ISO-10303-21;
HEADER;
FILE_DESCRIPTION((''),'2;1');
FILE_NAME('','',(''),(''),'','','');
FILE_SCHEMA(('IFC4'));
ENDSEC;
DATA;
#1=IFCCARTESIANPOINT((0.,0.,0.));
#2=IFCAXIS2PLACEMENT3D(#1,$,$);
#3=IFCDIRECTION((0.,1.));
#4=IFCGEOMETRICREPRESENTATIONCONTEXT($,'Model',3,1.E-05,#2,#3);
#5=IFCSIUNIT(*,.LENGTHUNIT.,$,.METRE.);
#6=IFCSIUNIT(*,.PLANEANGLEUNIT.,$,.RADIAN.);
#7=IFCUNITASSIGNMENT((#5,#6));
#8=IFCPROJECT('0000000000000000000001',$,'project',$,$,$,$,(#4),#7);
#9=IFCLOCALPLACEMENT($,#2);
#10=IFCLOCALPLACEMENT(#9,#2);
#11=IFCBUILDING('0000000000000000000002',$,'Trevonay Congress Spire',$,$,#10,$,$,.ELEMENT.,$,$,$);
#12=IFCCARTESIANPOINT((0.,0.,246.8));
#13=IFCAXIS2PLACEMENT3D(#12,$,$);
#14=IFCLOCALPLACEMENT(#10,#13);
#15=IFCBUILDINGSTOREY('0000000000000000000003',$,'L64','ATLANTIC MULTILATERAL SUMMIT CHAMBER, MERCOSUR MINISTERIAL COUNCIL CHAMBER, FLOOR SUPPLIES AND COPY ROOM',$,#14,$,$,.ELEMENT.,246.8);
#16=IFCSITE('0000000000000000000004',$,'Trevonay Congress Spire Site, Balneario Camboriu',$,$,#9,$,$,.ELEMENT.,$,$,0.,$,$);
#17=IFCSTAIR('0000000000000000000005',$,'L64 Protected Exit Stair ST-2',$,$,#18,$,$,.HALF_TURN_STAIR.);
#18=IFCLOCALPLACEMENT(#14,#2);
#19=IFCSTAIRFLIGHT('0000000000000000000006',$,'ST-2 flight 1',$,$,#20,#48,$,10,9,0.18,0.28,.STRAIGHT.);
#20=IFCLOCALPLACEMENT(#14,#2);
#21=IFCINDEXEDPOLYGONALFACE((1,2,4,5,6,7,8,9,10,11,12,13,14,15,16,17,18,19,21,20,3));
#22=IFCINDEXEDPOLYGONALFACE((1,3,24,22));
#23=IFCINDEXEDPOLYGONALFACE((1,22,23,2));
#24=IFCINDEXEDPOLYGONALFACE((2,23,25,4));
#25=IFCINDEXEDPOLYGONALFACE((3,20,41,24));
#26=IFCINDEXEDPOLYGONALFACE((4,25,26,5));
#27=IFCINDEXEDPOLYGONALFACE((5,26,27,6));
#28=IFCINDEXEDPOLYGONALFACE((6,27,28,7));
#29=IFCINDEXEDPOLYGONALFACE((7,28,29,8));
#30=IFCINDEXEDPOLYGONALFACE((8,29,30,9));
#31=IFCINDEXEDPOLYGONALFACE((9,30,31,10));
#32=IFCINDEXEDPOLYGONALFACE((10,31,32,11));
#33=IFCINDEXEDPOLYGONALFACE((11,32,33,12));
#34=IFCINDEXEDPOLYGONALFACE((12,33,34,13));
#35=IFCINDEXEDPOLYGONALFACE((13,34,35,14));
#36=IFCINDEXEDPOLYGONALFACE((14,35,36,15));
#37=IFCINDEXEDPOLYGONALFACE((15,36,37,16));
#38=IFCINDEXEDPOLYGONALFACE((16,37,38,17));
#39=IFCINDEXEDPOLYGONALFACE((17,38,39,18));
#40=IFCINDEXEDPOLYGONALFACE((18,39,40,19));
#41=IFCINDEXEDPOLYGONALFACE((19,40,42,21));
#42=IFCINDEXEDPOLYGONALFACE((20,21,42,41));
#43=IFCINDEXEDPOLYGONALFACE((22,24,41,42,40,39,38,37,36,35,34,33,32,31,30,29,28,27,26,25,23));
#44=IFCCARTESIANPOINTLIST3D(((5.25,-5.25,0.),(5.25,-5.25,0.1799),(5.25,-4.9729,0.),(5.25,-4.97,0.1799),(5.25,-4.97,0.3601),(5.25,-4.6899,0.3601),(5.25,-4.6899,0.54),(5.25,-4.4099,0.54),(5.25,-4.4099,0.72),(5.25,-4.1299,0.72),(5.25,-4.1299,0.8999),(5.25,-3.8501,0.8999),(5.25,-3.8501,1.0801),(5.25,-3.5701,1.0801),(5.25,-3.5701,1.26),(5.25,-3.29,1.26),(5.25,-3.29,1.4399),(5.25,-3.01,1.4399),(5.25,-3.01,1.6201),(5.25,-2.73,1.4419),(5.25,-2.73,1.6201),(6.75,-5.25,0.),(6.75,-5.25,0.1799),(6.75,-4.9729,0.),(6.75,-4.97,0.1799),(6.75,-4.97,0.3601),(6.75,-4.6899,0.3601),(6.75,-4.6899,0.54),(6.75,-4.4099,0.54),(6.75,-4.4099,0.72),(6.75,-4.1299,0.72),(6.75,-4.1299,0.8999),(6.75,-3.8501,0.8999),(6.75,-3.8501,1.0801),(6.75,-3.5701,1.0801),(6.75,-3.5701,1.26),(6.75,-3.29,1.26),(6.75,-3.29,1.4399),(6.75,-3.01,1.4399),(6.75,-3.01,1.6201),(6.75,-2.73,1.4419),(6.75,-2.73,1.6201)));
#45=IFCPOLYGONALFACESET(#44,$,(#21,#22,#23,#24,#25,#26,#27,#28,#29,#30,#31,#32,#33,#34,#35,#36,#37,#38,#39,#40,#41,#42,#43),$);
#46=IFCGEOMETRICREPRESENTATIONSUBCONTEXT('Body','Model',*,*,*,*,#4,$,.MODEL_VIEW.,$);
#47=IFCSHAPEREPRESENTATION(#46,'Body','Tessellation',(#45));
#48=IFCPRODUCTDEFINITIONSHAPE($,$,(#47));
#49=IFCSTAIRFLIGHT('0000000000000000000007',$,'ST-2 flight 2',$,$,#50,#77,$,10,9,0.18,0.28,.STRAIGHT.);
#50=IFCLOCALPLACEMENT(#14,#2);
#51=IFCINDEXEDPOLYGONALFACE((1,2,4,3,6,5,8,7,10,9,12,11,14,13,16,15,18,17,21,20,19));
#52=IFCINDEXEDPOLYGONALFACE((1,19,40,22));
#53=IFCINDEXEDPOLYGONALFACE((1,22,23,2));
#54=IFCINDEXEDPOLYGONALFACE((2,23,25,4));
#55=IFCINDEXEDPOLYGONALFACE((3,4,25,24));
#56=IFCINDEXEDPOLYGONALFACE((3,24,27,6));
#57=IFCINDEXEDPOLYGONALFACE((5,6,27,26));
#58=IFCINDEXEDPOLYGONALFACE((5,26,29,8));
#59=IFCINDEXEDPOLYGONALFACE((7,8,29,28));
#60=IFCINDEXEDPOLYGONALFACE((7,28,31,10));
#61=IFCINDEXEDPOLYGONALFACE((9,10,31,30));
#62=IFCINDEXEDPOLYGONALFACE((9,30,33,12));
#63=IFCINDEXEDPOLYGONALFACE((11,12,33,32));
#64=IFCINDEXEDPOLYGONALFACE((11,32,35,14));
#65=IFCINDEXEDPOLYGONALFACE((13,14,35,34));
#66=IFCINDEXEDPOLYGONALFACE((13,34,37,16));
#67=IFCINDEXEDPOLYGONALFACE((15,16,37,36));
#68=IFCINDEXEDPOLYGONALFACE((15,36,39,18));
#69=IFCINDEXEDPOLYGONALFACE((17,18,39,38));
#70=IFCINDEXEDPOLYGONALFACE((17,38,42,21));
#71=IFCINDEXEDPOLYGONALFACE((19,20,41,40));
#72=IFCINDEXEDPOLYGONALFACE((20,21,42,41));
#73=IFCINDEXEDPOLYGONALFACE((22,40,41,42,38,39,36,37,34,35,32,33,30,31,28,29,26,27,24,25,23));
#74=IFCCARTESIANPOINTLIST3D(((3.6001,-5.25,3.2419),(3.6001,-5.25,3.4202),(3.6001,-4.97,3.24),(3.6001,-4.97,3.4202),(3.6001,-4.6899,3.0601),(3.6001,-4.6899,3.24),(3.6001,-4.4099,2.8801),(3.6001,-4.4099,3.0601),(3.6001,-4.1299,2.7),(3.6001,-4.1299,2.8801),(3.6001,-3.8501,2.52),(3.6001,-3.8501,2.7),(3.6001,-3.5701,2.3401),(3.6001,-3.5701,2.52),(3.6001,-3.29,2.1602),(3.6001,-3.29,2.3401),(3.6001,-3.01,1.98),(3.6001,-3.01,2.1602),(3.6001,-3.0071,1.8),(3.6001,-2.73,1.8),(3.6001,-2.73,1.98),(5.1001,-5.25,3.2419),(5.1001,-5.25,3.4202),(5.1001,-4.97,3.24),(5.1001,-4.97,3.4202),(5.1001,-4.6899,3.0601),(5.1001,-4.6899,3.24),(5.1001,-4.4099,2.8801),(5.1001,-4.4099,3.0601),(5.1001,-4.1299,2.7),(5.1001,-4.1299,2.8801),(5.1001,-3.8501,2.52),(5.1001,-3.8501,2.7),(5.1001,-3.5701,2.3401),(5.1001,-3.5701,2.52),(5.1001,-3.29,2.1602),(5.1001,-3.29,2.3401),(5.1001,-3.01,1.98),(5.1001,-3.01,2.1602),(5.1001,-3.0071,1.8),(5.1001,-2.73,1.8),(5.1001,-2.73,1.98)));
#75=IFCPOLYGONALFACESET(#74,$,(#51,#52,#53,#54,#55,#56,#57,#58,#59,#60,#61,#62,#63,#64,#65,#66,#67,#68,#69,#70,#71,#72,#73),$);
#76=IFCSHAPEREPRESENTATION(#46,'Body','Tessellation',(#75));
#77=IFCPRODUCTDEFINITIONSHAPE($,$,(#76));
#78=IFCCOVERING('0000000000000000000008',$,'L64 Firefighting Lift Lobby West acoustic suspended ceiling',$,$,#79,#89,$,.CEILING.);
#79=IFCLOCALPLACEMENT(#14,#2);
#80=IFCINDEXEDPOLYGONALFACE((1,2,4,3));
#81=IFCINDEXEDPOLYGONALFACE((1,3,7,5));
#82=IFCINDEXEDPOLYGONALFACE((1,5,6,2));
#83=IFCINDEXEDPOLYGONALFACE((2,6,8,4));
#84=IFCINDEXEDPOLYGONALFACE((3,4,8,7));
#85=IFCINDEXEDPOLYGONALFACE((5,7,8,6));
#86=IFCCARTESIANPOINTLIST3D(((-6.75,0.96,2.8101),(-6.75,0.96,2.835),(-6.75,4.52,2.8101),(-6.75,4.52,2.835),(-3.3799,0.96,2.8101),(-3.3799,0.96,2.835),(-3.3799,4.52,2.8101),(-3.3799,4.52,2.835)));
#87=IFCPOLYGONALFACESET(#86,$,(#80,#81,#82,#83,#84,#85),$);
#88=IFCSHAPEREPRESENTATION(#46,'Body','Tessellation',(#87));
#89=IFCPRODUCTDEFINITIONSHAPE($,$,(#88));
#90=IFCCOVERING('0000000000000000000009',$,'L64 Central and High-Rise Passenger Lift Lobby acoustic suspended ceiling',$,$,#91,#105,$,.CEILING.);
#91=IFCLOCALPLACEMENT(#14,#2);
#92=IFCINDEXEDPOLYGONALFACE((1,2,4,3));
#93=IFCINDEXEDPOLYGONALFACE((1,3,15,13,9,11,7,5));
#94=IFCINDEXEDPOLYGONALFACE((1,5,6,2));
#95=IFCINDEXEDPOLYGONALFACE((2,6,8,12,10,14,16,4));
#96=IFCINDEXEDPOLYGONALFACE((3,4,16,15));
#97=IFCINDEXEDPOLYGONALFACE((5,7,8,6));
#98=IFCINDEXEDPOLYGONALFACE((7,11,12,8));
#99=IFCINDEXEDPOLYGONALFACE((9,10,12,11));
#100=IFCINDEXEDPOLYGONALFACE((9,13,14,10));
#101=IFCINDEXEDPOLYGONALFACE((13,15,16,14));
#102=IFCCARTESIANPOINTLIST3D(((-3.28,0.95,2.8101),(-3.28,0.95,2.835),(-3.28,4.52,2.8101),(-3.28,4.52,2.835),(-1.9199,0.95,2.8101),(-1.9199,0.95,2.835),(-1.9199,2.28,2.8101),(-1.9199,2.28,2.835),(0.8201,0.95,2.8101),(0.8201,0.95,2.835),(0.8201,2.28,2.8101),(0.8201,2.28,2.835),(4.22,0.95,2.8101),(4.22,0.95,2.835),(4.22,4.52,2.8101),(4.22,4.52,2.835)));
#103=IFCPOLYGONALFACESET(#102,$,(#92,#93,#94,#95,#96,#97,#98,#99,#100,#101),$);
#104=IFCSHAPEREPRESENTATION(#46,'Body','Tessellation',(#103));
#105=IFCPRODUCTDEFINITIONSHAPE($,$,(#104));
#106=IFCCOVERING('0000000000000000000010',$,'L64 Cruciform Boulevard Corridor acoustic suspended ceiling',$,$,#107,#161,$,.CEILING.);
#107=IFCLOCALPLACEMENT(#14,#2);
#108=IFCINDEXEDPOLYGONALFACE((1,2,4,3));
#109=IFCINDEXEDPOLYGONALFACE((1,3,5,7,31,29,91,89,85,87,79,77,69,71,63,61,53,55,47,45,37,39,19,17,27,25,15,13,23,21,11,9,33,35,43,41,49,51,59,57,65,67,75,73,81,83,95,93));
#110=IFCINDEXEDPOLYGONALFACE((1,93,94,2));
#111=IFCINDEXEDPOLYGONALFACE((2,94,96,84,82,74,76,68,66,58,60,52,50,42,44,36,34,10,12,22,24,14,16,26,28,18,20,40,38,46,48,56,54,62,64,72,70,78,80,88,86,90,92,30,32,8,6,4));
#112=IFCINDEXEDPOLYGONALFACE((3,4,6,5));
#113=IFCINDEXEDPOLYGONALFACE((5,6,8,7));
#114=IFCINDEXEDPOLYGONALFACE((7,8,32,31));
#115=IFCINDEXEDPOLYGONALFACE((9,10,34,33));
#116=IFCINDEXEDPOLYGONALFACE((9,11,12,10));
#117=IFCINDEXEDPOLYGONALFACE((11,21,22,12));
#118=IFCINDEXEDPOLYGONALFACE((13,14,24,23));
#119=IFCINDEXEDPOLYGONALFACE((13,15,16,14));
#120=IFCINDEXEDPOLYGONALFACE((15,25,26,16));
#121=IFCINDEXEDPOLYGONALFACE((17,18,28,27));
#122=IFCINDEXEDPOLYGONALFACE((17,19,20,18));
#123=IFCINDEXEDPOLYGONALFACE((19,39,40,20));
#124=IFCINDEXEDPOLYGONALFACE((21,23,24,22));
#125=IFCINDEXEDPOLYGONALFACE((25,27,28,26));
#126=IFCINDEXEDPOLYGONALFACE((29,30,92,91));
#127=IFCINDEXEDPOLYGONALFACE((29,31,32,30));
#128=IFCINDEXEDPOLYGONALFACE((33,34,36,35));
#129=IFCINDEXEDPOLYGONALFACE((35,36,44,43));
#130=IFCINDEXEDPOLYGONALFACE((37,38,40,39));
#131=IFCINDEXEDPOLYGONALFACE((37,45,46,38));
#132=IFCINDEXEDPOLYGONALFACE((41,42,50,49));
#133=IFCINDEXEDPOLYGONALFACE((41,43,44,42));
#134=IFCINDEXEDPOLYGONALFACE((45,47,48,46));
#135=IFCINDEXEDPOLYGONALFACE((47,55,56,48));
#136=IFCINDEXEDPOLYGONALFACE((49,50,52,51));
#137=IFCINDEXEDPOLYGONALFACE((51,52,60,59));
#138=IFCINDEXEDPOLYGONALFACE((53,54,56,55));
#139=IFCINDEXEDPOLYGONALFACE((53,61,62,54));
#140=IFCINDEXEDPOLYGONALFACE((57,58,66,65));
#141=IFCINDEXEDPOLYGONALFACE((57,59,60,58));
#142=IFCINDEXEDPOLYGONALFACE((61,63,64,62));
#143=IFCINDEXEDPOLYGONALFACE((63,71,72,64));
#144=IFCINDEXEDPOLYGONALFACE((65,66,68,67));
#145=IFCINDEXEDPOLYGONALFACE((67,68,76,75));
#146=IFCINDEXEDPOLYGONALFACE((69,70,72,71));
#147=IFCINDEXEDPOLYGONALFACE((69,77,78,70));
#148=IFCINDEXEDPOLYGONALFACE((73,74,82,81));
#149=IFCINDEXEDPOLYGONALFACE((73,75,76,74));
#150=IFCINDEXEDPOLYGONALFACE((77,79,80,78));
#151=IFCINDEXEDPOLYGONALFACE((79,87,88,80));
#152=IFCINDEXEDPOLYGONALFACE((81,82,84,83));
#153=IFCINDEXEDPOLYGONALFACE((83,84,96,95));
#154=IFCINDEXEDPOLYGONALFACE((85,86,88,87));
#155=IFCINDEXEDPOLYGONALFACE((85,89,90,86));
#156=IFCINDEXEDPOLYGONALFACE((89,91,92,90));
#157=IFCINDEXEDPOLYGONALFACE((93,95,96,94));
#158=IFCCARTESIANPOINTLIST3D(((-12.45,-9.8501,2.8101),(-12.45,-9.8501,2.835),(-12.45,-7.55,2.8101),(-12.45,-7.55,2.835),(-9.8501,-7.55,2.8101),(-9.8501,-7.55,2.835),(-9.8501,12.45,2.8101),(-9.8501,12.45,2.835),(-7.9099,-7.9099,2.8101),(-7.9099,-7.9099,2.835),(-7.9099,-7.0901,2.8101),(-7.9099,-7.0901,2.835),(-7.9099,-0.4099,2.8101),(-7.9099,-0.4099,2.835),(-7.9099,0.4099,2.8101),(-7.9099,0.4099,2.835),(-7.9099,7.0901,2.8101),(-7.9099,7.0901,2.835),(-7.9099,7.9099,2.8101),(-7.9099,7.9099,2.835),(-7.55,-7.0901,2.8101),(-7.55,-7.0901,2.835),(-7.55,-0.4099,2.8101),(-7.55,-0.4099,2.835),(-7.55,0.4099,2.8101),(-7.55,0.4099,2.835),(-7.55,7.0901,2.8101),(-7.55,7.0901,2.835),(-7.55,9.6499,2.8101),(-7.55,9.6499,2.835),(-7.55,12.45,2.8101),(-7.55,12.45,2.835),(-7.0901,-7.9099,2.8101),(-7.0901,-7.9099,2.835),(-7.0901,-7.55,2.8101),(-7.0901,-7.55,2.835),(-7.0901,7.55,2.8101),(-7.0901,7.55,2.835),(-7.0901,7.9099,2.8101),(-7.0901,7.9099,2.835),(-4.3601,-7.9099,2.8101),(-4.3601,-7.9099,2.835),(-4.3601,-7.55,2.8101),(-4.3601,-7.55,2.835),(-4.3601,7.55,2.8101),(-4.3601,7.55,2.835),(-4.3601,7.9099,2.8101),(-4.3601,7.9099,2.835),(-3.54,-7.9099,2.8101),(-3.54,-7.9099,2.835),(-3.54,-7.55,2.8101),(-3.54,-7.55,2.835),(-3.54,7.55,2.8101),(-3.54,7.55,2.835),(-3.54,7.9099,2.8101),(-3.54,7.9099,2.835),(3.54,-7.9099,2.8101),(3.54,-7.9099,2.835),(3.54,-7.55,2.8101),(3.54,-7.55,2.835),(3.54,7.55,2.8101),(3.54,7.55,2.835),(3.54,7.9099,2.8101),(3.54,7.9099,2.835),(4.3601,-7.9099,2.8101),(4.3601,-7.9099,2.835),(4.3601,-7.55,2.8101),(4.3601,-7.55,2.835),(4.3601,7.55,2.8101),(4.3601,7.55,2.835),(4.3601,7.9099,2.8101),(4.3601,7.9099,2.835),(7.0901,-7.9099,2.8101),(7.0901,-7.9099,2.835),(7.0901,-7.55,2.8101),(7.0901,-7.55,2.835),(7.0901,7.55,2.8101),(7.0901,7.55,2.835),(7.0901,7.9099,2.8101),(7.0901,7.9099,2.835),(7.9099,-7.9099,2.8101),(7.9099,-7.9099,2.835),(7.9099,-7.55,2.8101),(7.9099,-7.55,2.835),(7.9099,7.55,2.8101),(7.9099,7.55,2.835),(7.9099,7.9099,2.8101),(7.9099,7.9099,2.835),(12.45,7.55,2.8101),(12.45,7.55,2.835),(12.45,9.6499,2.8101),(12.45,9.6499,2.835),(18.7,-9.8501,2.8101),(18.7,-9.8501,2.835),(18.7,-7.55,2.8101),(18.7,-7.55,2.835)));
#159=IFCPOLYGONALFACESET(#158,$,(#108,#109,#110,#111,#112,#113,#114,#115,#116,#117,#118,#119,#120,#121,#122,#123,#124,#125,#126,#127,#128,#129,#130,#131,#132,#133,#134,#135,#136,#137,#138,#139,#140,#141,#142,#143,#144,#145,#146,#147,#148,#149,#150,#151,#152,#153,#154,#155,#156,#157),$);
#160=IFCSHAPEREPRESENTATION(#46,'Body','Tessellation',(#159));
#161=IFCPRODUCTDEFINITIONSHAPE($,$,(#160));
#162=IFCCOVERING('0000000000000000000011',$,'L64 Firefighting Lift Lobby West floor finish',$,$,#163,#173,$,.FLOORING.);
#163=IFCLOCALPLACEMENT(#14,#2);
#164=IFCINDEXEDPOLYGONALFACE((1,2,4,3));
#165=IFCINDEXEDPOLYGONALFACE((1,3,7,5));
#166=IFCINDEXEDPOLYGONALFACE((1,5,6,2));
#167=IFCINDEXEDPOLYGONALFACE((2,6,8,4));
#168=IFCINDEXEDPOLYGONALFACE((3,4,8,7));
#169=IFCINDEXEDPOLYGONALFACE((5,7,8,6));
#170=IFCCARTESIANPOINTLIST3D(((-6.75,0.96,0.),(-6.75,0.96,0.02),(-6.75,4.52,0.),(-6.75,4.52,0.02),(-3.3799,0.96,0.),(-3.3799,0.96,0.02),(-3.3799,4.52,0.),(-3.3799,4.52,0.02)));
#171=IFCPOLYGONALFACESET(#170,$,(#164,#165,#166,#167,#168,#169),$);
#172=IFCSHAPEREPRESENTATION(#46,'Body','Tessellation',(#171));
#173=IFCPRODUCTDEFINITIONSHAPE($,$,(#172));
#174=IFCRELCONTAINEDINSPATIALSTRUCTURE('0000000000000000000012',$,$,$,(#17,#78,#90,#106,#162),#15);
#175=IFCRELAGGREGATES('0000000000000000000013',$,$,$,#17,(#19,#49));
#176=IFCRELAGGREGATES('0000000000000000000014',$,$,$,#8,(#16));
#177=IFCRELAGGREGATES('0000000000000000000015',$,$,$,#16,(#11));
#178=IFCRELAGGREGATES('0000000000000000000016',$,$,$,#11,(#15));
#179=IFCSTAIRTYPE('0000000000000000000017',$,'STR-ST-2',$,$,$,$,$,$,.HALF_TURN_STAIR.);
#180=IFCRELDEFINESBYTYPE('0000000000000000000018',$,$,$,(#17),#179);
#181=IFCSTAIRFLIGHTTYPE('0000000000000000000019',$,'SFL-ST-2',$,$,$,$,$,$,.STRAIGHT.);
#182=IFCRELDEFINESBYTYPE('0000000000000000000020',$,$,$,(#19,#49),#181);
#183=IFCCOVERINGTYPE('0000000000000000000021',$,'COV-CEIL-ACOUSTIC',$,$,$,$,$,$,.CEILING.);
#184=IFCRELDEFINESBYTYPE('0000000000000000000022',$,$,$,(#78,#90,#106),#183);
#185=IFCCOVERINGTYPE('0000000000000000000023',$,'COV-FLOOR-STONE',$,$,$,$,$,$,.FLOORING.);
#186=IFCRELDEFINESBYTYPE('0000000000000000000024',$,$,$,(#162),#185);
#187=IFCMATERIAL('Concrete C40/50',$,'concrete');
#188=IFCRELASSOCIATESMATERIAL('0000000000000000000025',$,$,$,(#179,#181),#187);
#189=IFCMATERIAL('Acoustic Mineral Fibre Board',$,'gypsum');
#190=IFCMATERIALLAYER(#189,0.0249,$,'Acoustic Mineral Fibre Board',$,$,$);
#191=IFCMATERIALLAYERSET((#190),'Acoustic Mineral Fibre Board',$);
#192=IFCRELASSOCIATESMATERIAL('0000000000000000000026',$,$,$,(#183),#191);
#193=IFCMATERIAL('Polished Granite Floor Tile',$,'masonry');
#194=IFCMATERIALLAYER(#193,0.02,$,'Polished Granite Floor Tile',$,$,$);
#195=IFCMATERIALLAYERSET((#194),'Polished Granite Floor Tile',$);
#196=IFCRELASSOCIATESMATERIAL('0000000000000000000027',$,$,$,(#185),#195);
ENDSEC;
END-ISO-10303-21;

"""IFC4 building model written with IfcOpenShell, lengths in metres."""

from ifc_helpers import new_model, si_unit, direction, frame, origin, place, context, subcontext, project, spatial, polyline, outline, extrude, material, layer, layer_set, type_object, element, aggregate, save


model = new_model("IFC4")

# Units and contexts
model_context = context("Model", 3, precision=1e-05, world=origin(), true_north=direction((0.0, 1.0)))
body_context = subcontext(model_context, "Body", "Model", "MODEL_VIEW")
ifc_project = project(units=[si_unit("LENGTHUNIT", "METRE"), si_unit("PLANEANGLEUNIT", "RADIAN")], contexts=[model_context])

# Site, building, storey
site_placement = place(None, origin())
site = spatial("IfcSite", under=ifc_project, at=site_placement, Name="Trevonay Congress Spire Site, Balneario Camboriu", CompositionType="ELEMENT", RefElevation=0.0)
building_placement = place(site_placement, origin())
building = spatial("IfcBuilding", under=site, at=building_placement, Name="Trevonay Congress Spire", CompositionType="ELEMENT")
storey_placement = place(building_placement, frame((0.0, 0.0, 246.8)))
storey = spatial("IfcBuildingStorey", under=building, at=storey_placement, Name="L64", Description="ATLANTIC MULTILATERAL SUMMIT CHAMBER, MERCOSUR MINISTERIAL COUNCIL CHAMBER, FLOOR SUPPLIES AND COPY ROOM", CompositionType="ELEMENT", Elevation=246.8)

# Stair
ifc_material_1 = material(Name="Concrete C40/50", Category="concrete")
stair_type_1 = type_object("IfcStairType", Name="STR-ST-2", PredefinedType="HALF_TURN_STAIR", material=ifc_material_1)
stair_1_placement = place(storey_placement, origin())
stair_1 = element("IfcStair", 1, at=stair_1_placement, inside=storey, type_object=stair_type_1, Name="L64 Protected Exit Stair ST-2", PredefinedType="HALF_TURN_STAIR")

# Stair flights
stair_flight_type = type_object("IfcStairFlightType", Name="SFL-ST-2", PredefinedType="STRAIGHT", material=ifc_material_1)
stair_flight_1_placement = place(storey_placement, frame((6.0, -5.25, 0.0), z_axis=(0.0, 0.0, 1.0), x_axis=(0.0, 1.0, 0.0)))
stair_flight_1 = element("IfcStairFlight", 2, at=stair_flight_1_placement, type_object=stair_flight_type, Name="ST-2 flight 1", NumberOfRisers=10, NumberOfTreads=9, PredefinedType="STRAIGHT", RiserHeight=0.18, TreadLength=0.28, context=body_context, shape_type="SweptSolid", body=[
    extrude(outline(polyline([(0.0, 0.0), (0.0, 0.1799), (0.28, 0.1799), (0.28, 0.3601), (0.5601, 0.3601), (0.5601, 0.54), (0.8401, 0.54), (0.8401, 0.72), (1.1201, 0.72), (1.1201, 0.8999), (1.3999, 0.8999), (1.3999, 1.0801), (1.6799, 1.0801), (1.6799, 1.26), (1.96, 1.26), (1.96, 1.4399), (2.24, 1.4399), (2.24, 1.6201), (2.52, 1.6201), (2.52, 1.8), (2.52, 1.4419), (0.2771, 0.0), (0.0, 0.0)])), frame((0.0, 0.75, 0.0), z_axis=(0.0, -1.0, 0.0), x_axis=(1.0, 0.0, 0.0)), (0.0, 0.0, 1.0), 1.5),
])
stair_flight_2_placement = place(storey_placement, frame((4.3501, -2.73, 1.8), z_axis=(0.0, 0.0, 1.0), x_axis=(0.0, -1.0, 0.0)))
stair_flight_2 = element("IfcStairFlight", 3, at=stair_flight_2_placement, type_object=stair_flight_type, Name="ST-2 flight 2", NumberOfRisers=10, NumberOfTreads=9, PredefinedType="STRAIGHT", RiserHeight=0.18, TreadLength=0.28, context=body_context, shape_type="SweptSolid", body=[
    extrude(outline(polyline([(0.0, 0.0), (0.0, 0.1799), (0.28, 0.1799), (0.28, 0.3601), (0.5601, 0.3601), (0.5601, 0.54), (0.8401, 0.54), (0.8401, 0.72), (1.1201, 0.72), (1.1201, 0.8999), (1.3999, 0.8999), (1.3999, 1.0801), (1.6799, 1.0801), (1.6799, 1.26), (1.96, 1.26), (1.96, 1.4399), (2.24, 1.4399), (2.24, 1.6201), (2.52, 1.6201), (2.52, 1.8), (2.52, 1.4419), (0.2771, 0.0), (0.0, 0.0)])), frame((0.0, 0.75, 0.0), z_axis=(0.0, -1.0, 0.0), x_axis=(1.0, 0.0, 0.0)), (0.0, 0.0, 1.0), 1.5),
])
aggregate(stair_1, [stair_flight_1, stair_flight_2])

# Coverings
ifc_material_2 = material(Name="Acoustic Mineral Fibre Board", Category="gypsum")
ifc_layer_1 = layer(ifc_material_2, 0.0249, Name="Acoustic Mineral Fibre Board")
ifc_layer_set_1 = layer_set([ifc_layer_1], Name="Acoustic Mineral Fibre Board")
covering_type_1 = type_object("IfcCoveringType", Name="COV-CEIL-ACOUSTIC", PredefinedType="CEILING", material=ifc_layer_set_1)
covering_1_placement = place(storey_placement, frame((0.0, 0.0, 2.8101)))
element("IfcCovering", 4, at=covering_1_placement, inside=storey, type_object=covering_type_1, Name="L64 Firefighting Lift Lobby West acoustic suspended ceiling", PredefinedType="CEILING", context=body_context, shape_type="SweptSolid", body=[
    extrude(outline(polyline([(-6.75, 0.96), (-3.3799, 0.96), (-3.3799, 4.52), (-6.75, 4.52), (-6.75, 0.96)])), origin(), (0.0, 0.0, 1.0), 0.0249),
])
covering_2_placement = place(storey_placement, frame((0.0, 0.0, 2.8101)))
element("IfcCovering", 5, at=covering_2_placement, inside=storey, type_object=covering_type_1, Name="L64 Central and High-Rise Passenger Lift Lobby acoustic suspended ceiling", PredefinedType="CEILING", context=body_context, shape_type="SweptSolid", body=[
    extrude(outline(polyline([(-3.28, 0.95), (-1.9199, 0.95), (-1.9199, 2.28), (0.8201, 2.28), (0.8201, 0.95), (4.22, 0.95), (4.22, 4.52), (-3.28, 4.52), (-3.28, 0.95)])), origin(), (0.0, 0.0, 1.0), 0.0249),
])
covering_3_placement = place(storey_placement, frame((0.0, 0.0, 2.8101)))
element("IfcCovering", 6, at=covering_3_placement, inside=storey, type_object=covering_type_1, Name="L64 Cruciform Boulevard Corridor acoustic suspended ceiling", PredefinedType="CEILING", context=body_context, shape_type="SweptSolid", body=[
    extrude(outline(polyline([(18.7, -7.55), (18.7, -9.8501), (-12.45, -9.8501), (-12.45, -7.55), (-9.8501, -7.55), (-9.8501, 12.45), (-7.55, 12.45), (-7.55, 9.6499), (12.45, 9.6499), (12.45, 7.55), (7.9099, 7.55), (7.9099, 7.9099), (7.0901, 7.9099), (7.0901, 7.55), (4.3601, 7.55), (4.3601, 7.9099), (3.54, 7.9099), (3.54, 7.55), (-3.54, 7.55), (-3.54, 7.9099), (-4.3601, 7.9099), (-4.3601, 7.55), (-7.0901, 7.55), (-7.0901, 7.9099), (-7.9099, 7.9099), (-7.9099, 7.0901), (-7.55, 7.0901), (-7.55, 0.4099), (-7.9099, 0.4099), (-7.9099, -0.4099), (-7.55, -0.4099), (-7.55, -7.0901), (-7.9099, -7.0901), (-7.9099, -7.9099), (-7.0901, -7.9099), (-7.0901, -7.55), (-4.3601, -7.55), (-4.3601, -7.9099), (-3.54, -7.9099), (-3.54, -7.55), (3.54, -7.55), (3.54, -7.9099), (4.3601, -7.9099), (4.3601, -7.55), (7.0901, -7.55), (7.0901, -7.9099), (7.9099, -7.9099), (7.9099, -7.55), (18.7, -7.55)])), origin(), (0.0, 0.0, 1.0), 0.0249),
])
ifc_material_3 = material(Name="Polished Granite Floor Tile", Category="masonry")
ifc_layer_2 = layer(ifc_material_3, 0.02, Name="Polished Granite Floor Tile")
ifc_layer_set_2 = layer_set([ifc_layer_2], Name="Polished Granite Floor Tile")
covering_type_2 = type_object("IfcCoveringType", Name="COV-FLOOR-STONE", PredefinedType="FLOORING", material=ifc_layer_set_2)
covering_4_placement = place(storey_placement, origin())
element("IfcCovering", 7, at=covering_4_placement, inside=storey, type_object=covering_type_2, Name="L64 Firefighting Lift Lobby West floor finish", PredefinedType="FLOORING", context=body_context, shape_type="SweptSolid", body=[
    extrude(outline(polyline([(-6.75, 0.96), (-3.3799, 0.96), (-3.3799, 4.52), (-6.75, 4.52), (-6.75, 0.96)])), origin(), (0.0, 0.0, 1.0), 0.02),
])

save(model, "model.ifc")
